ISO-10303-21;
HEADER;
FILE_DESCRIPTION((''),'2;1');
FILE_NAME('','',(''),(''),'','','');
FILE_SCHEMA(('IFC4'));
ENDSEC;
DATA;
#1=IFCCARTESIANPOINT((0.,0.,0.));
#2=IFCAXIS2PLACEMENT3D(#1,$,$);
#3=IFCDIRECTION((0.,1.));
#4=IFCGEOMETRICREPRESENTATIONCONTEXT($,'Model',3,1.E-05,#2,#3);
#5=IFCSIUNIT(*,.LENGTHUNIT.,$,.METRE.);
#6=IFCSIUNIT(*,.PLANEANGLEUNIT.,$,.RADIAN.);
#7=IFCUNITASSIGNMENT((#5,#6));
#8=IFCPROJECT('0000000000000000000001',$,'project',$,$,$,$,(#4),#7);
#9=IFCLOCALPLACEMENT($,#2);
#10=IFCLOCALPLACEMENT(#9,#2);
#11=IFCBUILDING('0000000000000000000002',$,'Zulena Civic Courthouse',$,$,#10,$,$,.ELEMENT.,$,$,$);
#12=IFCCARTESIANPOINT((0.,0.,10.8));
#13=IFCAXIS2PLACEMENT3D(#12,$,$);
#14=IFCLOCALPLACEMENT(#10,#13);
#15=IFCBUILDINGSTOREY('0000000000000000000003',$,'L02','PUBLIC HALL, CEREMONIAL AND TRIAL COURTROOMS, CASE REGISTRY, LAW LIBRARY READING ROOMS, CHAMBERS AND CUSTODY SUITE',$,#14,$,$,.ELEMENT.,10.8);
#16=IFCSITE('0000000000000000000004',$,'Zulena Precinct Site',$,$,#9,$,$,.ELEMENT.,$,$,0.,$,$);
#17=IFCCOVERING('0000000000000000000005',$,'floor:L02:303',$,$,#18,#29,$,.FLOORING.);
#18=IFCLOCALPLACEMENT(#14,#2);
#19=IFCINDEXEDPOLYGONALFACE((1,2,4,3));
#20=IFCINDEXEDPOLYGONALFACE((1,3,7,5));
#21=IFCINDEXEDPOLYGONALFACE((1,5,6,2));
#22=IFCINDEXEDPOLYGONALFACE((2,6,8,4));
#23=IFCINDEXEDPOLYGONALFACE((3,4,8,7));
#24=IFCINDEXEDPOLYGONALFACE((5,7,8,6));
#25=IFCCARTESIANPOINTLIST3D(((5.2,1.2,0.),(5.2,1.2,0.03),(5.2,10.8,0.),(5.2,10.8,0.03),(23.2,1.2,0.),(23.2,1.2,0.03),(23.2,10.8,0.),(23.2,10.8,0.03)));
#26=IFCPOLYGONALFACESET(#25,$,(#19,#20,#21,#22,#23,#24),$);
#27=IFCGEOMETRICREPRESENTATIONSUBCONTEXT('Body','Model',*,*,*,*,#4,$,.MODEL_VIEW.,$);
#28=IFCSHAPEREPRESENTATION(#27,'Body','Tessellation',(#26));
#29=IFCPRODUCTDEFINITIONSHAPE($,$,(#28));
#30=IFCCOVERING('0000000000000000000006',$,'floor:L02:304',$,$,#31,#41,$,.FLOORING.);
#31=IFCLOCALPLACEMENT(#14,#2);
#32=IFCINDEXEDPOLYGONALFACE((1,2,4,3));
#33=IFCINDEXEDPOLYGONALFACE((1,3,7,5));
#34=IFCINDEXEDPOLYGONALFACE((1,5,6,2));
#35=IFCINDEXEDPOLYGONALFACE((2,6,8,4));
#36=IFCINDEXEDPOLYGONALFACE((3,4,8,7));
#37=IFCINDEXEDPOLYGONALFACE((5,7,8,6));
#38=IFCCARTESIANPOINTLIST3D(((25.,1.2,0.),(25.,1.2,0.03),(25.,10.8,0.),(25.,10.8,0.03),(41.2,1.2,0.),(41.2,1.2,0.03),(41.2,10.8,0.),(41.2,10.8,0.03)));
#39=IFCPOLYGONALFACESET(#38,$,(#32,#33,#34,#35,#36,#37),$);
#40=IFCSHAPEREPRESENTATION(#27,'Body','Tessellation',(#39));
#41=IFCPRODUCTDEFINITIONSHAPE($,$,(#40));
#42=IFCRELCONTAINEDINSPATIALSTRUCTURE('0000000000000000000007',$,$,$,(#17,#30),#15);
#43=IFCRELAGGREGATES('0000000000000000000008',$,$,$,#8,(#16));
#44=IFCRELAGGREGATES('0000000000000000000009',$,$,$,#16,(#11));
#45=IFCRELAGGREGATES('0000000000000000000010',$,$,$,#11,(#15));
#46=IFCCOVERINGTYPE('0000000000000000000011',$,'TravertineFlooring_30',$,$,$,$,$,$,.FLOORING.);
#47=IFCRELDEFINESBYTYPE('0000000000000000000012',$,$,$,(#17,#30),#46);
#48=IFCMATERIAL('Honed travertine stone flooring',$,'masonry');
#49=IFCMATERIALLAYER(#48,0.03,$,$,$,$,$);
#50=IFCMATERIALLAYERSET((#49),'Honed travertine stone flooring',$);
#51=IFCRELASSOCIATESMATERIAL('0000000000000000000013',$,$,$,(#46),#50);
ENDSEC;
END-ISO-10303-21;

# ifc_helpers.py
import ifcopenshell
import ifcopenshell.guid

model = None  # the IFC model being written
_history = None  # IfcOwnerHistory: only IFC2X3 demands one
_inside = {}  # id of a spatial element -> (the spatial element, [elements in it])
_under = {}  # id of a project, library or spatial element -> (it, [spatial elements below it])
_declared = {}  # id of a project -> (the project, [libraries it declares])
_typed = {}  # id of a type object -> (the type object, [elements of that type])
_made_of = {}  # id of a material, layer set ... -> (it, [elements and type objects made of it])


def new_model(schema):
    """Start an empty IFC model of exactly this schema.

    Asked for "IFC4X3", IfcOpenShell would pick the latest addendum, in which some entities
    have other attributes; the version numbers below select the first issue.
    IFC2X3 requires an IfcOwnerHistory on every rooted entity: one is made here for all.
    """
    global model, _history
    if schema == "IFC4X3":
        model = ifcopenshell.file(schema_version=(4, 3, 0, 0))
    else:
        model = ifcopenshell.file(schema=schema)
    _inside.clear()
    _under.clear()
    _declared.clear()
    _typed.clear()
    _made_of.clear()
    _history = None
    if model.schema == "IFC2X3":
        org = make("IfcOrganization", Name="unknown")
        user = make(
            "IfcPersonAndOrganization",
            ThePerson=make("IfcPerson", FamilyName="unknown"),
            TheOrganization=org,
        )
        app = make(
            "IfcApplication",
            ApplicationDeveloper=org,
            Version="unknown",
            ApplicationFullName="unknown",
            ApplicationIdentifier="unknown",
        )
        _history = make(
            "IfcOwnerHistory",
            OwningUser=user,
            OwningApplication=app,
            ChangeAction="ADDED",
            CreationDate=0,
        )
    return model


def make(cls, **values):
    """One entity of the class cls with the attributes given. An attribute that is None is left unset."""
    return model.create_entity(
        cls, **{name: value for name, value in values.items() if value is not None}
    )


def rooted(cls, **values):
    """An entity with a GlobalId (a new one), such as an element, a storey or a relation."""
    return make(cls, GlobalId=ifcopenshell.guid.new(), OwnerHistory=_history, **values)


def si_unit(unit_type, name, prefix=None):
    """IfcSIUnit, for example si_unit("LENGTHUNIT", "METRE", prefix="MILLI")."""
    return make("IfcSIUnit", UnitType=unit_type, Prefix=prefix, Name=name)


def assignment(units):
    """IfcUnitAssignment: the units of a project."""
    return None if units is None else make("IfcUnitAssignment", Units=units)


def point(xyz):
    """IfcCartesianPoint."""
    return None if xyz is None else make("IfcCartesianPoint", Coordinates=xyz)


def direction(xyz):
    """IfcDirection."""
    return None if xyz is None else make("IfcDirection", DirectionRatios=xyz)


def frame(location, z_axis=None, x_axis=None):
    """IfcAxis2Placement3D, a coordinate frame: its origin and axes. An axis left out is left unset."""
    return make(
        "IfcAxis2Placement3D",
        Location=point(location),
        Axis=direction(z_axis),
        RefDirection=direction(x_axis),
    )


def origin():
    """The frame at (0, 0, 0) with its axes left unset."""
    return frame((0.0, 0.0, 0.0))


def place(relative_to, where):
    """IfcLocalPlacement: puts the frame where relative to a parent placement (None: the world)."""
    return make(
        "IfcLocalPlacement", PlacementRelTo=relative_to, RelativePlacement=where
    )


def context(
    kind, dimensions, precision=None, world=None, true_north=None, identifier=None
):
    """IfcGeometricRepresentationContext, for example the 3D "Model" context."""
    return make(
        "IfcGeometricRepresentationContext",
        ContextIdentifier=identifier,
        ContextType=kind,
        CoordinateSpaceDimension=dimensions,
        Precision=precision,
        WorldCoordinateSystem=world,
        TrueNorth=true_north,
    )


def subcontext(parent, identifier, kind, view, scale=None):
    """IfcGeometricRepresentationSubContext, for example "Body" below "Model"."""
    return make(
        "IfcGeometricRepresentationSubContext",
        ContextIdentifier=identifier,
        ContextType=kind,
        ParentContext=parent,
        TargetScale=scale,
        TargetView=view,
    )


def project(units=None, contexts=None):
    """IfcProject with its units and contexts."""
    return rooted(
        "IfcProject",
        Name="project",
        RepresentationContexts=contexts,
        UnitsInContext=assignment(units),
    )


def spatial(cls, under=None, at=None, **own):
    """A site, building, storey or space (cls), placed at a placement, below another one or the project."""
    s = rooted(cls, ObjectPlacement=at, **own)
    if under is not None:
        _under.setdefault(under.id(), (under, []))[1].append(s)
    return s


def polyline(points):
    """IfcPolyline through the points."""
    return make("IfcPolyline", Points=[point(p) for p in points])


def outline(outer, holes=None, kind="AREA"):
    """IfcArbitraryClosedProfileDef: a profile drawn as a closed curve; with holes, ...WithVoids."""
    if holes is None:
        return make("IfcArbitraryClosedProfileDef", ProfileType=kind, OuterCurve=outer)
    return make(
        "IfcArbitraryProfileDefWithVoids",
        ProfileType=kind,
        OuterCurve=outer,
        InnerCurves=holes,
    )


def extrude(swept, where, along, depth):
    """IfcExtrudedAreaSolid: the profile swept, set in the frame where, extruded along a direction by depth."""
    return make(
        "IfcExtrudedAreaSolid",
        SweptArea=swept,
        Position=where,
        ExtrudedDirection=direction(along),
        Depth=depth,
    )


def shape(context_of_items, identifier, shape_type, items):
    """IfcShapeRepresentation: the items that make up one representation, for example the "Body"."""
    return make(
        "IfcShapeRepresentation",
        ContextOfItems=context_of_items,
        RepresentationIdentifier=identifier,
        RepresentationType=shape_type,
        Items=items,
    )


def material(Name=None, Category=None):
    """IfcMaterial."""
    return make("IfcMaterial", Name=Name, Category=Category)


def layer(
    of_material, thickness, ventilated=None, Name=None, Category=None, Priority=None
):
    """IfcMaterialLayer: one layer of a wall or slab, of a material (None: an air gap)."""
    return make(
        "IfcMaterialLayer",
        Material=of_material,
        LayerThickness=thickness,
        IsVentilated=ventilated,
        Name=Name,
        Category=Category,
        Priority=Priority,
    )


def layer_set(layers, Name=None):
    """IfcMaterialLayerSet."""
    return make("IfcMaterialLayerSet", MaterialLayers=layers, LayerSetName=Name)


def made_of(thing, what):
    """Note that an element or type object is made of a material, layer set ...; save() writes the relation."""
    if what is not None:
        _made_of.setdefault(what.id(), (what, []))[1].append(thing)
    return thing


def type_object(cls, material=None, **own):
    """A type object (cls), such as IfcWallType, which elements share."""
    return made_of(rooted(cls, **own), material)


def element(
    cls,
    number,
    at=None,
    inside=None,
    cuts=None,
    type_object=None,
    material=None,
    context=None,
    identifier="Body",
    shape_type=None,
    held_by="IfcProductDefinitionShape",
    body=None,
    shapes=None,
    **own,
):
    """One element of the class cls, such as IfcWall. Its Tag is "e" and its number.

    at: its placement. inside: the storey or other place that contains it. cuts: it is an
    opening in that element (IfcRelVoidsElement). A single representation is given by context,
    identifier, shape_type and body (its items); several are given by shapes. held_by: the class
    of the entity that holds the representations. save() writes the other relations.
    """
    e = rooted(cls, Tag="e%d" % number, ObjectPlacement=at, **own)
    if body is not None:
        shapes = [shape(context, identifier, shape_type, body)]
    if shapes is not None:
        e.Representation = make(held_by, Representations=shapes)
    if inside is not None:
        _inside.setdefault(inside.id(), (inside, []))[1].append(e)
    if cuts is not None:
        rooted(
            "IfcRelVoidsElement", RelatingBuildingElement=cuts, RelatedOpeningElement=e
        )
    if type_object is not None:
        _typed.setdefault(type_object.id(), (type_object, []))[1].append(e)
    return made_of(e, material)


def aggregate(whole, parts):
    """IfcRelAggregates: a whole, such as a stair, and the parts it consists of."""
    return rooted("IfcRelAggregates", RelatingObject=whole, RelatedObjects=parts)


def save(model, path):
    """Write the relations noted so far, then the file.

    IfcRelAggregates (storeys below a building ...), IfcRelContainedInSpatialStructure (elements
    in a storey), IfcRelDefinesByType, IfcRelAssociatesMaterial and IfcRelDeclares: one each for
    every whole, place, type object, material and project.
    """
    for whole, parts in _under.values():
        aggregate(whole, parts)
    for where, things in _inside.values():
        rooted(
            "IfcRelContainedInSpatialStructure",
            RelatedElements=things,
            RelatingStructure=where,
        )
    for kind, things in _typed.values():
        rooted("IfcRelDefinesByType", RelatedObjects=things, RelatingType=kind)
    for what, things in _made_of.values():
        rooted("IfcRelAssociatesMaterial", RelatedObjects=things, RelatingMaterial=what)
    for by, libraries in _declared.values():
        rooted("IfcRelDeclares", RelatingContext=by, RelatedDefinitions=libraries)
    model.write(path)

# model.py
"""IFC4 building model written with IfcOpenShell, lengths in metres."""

from ifc_helpers import new_model, si_unit, direction, frame, origin, place, context, subcontext, project, spatial, polyline, outline, extrude, material, layer, layer_set, type_object, element, save


model = new_model("IFC4")

# Units and contexts
model_context = context("Model", 3, precision=1e-05, world=origin(), true_north=direction((0.0, 1.0)))
body_context = subcontext(model_context, "Body", "Model", "MODEL_VIEW")
ifc_project = project(units=[si_unit("LENGTHUNIT", "METRE"), si_unit("PLANEANGLEUNIT", "RADIAN")], contexts=[model_context])

# Site, building, storey
site_placement = place(None, origin())
site = spatial("IfcSite", under=ifc_project, at=site_placement, Name="Zulena Precinct Site", CompositionType="ELEMENT", RefElevation=0.0)
building_placement = place(site_placement, origin())
building = spatial("IfcBuilding", under=site, at=building_placement, Name="Zulena Civic Courthouse", CompositionType="ELEMENT")
storey_placement = place(building_placement, frame((0.0, 0.0, 10.8)))
storey = spatial("IfcBuildingStorey", under=building, at=storey_placement, Name="L02", Description="PUBLIC HALL, CEREMONIAL AND TRIAL COURTROOMS, CASE REGISTRY, LAW LIBRARY READING ROOMS, CHAMBERS AND CUSTODY SUITE", CompositionType="ELEMENT", Elevation=10.8)

# Coverings
ifc_material_1 = material(Name="Honed travertine stone flooring", Category="masonry")
ifc_layer_1 = layer(ifc_material_1, 0.03)
ifc_layer_set_1 = layer_set([ifc_layer_1], Name="Honed travertine stone flooring")
covering_type_1 = type_object("IfcCoveringType", Name="TravertineFlooring_30", PredefinedType="FLOORING", material=ifc_layer_set_1)
covering_1_placement = place(storey_placement, origin())
element("IfcCovering", 1, at=covering_1_placement, inside=storey, type_object=covering_type_1, Name="floor:L02:303", PredefinedType="FLOORING", context=body_context, shape_type="SweptSolid", body=[
    extrude(outline(polyline([(5.2, 1.2), (23.2, 1.2), (23.2, 10.8), (5.2, 10.8), (5.2, 1.2)])), origin(), (0.0, 0.0, 1.0), 0.03),
])
covering_2_placement = place(storey_placement, origin())
element("IfcCovering", 2, at=covering_2_placement, inside=storey, type_object=covering_type_1, Name="floor:L02:304", PredefinedType="FLOORING", context=body_context, shape_type="SweptSolid", body=[
    extrude(outline(polyline([(25.0, 1.2), (41.2, 1.2), (41.2, 10.8), (25.0, 10.8), (25.0, 1.2)])), origin(), (0.0, 0.0, 1.0), 0.03),
])

save(model, "model.ifc")
